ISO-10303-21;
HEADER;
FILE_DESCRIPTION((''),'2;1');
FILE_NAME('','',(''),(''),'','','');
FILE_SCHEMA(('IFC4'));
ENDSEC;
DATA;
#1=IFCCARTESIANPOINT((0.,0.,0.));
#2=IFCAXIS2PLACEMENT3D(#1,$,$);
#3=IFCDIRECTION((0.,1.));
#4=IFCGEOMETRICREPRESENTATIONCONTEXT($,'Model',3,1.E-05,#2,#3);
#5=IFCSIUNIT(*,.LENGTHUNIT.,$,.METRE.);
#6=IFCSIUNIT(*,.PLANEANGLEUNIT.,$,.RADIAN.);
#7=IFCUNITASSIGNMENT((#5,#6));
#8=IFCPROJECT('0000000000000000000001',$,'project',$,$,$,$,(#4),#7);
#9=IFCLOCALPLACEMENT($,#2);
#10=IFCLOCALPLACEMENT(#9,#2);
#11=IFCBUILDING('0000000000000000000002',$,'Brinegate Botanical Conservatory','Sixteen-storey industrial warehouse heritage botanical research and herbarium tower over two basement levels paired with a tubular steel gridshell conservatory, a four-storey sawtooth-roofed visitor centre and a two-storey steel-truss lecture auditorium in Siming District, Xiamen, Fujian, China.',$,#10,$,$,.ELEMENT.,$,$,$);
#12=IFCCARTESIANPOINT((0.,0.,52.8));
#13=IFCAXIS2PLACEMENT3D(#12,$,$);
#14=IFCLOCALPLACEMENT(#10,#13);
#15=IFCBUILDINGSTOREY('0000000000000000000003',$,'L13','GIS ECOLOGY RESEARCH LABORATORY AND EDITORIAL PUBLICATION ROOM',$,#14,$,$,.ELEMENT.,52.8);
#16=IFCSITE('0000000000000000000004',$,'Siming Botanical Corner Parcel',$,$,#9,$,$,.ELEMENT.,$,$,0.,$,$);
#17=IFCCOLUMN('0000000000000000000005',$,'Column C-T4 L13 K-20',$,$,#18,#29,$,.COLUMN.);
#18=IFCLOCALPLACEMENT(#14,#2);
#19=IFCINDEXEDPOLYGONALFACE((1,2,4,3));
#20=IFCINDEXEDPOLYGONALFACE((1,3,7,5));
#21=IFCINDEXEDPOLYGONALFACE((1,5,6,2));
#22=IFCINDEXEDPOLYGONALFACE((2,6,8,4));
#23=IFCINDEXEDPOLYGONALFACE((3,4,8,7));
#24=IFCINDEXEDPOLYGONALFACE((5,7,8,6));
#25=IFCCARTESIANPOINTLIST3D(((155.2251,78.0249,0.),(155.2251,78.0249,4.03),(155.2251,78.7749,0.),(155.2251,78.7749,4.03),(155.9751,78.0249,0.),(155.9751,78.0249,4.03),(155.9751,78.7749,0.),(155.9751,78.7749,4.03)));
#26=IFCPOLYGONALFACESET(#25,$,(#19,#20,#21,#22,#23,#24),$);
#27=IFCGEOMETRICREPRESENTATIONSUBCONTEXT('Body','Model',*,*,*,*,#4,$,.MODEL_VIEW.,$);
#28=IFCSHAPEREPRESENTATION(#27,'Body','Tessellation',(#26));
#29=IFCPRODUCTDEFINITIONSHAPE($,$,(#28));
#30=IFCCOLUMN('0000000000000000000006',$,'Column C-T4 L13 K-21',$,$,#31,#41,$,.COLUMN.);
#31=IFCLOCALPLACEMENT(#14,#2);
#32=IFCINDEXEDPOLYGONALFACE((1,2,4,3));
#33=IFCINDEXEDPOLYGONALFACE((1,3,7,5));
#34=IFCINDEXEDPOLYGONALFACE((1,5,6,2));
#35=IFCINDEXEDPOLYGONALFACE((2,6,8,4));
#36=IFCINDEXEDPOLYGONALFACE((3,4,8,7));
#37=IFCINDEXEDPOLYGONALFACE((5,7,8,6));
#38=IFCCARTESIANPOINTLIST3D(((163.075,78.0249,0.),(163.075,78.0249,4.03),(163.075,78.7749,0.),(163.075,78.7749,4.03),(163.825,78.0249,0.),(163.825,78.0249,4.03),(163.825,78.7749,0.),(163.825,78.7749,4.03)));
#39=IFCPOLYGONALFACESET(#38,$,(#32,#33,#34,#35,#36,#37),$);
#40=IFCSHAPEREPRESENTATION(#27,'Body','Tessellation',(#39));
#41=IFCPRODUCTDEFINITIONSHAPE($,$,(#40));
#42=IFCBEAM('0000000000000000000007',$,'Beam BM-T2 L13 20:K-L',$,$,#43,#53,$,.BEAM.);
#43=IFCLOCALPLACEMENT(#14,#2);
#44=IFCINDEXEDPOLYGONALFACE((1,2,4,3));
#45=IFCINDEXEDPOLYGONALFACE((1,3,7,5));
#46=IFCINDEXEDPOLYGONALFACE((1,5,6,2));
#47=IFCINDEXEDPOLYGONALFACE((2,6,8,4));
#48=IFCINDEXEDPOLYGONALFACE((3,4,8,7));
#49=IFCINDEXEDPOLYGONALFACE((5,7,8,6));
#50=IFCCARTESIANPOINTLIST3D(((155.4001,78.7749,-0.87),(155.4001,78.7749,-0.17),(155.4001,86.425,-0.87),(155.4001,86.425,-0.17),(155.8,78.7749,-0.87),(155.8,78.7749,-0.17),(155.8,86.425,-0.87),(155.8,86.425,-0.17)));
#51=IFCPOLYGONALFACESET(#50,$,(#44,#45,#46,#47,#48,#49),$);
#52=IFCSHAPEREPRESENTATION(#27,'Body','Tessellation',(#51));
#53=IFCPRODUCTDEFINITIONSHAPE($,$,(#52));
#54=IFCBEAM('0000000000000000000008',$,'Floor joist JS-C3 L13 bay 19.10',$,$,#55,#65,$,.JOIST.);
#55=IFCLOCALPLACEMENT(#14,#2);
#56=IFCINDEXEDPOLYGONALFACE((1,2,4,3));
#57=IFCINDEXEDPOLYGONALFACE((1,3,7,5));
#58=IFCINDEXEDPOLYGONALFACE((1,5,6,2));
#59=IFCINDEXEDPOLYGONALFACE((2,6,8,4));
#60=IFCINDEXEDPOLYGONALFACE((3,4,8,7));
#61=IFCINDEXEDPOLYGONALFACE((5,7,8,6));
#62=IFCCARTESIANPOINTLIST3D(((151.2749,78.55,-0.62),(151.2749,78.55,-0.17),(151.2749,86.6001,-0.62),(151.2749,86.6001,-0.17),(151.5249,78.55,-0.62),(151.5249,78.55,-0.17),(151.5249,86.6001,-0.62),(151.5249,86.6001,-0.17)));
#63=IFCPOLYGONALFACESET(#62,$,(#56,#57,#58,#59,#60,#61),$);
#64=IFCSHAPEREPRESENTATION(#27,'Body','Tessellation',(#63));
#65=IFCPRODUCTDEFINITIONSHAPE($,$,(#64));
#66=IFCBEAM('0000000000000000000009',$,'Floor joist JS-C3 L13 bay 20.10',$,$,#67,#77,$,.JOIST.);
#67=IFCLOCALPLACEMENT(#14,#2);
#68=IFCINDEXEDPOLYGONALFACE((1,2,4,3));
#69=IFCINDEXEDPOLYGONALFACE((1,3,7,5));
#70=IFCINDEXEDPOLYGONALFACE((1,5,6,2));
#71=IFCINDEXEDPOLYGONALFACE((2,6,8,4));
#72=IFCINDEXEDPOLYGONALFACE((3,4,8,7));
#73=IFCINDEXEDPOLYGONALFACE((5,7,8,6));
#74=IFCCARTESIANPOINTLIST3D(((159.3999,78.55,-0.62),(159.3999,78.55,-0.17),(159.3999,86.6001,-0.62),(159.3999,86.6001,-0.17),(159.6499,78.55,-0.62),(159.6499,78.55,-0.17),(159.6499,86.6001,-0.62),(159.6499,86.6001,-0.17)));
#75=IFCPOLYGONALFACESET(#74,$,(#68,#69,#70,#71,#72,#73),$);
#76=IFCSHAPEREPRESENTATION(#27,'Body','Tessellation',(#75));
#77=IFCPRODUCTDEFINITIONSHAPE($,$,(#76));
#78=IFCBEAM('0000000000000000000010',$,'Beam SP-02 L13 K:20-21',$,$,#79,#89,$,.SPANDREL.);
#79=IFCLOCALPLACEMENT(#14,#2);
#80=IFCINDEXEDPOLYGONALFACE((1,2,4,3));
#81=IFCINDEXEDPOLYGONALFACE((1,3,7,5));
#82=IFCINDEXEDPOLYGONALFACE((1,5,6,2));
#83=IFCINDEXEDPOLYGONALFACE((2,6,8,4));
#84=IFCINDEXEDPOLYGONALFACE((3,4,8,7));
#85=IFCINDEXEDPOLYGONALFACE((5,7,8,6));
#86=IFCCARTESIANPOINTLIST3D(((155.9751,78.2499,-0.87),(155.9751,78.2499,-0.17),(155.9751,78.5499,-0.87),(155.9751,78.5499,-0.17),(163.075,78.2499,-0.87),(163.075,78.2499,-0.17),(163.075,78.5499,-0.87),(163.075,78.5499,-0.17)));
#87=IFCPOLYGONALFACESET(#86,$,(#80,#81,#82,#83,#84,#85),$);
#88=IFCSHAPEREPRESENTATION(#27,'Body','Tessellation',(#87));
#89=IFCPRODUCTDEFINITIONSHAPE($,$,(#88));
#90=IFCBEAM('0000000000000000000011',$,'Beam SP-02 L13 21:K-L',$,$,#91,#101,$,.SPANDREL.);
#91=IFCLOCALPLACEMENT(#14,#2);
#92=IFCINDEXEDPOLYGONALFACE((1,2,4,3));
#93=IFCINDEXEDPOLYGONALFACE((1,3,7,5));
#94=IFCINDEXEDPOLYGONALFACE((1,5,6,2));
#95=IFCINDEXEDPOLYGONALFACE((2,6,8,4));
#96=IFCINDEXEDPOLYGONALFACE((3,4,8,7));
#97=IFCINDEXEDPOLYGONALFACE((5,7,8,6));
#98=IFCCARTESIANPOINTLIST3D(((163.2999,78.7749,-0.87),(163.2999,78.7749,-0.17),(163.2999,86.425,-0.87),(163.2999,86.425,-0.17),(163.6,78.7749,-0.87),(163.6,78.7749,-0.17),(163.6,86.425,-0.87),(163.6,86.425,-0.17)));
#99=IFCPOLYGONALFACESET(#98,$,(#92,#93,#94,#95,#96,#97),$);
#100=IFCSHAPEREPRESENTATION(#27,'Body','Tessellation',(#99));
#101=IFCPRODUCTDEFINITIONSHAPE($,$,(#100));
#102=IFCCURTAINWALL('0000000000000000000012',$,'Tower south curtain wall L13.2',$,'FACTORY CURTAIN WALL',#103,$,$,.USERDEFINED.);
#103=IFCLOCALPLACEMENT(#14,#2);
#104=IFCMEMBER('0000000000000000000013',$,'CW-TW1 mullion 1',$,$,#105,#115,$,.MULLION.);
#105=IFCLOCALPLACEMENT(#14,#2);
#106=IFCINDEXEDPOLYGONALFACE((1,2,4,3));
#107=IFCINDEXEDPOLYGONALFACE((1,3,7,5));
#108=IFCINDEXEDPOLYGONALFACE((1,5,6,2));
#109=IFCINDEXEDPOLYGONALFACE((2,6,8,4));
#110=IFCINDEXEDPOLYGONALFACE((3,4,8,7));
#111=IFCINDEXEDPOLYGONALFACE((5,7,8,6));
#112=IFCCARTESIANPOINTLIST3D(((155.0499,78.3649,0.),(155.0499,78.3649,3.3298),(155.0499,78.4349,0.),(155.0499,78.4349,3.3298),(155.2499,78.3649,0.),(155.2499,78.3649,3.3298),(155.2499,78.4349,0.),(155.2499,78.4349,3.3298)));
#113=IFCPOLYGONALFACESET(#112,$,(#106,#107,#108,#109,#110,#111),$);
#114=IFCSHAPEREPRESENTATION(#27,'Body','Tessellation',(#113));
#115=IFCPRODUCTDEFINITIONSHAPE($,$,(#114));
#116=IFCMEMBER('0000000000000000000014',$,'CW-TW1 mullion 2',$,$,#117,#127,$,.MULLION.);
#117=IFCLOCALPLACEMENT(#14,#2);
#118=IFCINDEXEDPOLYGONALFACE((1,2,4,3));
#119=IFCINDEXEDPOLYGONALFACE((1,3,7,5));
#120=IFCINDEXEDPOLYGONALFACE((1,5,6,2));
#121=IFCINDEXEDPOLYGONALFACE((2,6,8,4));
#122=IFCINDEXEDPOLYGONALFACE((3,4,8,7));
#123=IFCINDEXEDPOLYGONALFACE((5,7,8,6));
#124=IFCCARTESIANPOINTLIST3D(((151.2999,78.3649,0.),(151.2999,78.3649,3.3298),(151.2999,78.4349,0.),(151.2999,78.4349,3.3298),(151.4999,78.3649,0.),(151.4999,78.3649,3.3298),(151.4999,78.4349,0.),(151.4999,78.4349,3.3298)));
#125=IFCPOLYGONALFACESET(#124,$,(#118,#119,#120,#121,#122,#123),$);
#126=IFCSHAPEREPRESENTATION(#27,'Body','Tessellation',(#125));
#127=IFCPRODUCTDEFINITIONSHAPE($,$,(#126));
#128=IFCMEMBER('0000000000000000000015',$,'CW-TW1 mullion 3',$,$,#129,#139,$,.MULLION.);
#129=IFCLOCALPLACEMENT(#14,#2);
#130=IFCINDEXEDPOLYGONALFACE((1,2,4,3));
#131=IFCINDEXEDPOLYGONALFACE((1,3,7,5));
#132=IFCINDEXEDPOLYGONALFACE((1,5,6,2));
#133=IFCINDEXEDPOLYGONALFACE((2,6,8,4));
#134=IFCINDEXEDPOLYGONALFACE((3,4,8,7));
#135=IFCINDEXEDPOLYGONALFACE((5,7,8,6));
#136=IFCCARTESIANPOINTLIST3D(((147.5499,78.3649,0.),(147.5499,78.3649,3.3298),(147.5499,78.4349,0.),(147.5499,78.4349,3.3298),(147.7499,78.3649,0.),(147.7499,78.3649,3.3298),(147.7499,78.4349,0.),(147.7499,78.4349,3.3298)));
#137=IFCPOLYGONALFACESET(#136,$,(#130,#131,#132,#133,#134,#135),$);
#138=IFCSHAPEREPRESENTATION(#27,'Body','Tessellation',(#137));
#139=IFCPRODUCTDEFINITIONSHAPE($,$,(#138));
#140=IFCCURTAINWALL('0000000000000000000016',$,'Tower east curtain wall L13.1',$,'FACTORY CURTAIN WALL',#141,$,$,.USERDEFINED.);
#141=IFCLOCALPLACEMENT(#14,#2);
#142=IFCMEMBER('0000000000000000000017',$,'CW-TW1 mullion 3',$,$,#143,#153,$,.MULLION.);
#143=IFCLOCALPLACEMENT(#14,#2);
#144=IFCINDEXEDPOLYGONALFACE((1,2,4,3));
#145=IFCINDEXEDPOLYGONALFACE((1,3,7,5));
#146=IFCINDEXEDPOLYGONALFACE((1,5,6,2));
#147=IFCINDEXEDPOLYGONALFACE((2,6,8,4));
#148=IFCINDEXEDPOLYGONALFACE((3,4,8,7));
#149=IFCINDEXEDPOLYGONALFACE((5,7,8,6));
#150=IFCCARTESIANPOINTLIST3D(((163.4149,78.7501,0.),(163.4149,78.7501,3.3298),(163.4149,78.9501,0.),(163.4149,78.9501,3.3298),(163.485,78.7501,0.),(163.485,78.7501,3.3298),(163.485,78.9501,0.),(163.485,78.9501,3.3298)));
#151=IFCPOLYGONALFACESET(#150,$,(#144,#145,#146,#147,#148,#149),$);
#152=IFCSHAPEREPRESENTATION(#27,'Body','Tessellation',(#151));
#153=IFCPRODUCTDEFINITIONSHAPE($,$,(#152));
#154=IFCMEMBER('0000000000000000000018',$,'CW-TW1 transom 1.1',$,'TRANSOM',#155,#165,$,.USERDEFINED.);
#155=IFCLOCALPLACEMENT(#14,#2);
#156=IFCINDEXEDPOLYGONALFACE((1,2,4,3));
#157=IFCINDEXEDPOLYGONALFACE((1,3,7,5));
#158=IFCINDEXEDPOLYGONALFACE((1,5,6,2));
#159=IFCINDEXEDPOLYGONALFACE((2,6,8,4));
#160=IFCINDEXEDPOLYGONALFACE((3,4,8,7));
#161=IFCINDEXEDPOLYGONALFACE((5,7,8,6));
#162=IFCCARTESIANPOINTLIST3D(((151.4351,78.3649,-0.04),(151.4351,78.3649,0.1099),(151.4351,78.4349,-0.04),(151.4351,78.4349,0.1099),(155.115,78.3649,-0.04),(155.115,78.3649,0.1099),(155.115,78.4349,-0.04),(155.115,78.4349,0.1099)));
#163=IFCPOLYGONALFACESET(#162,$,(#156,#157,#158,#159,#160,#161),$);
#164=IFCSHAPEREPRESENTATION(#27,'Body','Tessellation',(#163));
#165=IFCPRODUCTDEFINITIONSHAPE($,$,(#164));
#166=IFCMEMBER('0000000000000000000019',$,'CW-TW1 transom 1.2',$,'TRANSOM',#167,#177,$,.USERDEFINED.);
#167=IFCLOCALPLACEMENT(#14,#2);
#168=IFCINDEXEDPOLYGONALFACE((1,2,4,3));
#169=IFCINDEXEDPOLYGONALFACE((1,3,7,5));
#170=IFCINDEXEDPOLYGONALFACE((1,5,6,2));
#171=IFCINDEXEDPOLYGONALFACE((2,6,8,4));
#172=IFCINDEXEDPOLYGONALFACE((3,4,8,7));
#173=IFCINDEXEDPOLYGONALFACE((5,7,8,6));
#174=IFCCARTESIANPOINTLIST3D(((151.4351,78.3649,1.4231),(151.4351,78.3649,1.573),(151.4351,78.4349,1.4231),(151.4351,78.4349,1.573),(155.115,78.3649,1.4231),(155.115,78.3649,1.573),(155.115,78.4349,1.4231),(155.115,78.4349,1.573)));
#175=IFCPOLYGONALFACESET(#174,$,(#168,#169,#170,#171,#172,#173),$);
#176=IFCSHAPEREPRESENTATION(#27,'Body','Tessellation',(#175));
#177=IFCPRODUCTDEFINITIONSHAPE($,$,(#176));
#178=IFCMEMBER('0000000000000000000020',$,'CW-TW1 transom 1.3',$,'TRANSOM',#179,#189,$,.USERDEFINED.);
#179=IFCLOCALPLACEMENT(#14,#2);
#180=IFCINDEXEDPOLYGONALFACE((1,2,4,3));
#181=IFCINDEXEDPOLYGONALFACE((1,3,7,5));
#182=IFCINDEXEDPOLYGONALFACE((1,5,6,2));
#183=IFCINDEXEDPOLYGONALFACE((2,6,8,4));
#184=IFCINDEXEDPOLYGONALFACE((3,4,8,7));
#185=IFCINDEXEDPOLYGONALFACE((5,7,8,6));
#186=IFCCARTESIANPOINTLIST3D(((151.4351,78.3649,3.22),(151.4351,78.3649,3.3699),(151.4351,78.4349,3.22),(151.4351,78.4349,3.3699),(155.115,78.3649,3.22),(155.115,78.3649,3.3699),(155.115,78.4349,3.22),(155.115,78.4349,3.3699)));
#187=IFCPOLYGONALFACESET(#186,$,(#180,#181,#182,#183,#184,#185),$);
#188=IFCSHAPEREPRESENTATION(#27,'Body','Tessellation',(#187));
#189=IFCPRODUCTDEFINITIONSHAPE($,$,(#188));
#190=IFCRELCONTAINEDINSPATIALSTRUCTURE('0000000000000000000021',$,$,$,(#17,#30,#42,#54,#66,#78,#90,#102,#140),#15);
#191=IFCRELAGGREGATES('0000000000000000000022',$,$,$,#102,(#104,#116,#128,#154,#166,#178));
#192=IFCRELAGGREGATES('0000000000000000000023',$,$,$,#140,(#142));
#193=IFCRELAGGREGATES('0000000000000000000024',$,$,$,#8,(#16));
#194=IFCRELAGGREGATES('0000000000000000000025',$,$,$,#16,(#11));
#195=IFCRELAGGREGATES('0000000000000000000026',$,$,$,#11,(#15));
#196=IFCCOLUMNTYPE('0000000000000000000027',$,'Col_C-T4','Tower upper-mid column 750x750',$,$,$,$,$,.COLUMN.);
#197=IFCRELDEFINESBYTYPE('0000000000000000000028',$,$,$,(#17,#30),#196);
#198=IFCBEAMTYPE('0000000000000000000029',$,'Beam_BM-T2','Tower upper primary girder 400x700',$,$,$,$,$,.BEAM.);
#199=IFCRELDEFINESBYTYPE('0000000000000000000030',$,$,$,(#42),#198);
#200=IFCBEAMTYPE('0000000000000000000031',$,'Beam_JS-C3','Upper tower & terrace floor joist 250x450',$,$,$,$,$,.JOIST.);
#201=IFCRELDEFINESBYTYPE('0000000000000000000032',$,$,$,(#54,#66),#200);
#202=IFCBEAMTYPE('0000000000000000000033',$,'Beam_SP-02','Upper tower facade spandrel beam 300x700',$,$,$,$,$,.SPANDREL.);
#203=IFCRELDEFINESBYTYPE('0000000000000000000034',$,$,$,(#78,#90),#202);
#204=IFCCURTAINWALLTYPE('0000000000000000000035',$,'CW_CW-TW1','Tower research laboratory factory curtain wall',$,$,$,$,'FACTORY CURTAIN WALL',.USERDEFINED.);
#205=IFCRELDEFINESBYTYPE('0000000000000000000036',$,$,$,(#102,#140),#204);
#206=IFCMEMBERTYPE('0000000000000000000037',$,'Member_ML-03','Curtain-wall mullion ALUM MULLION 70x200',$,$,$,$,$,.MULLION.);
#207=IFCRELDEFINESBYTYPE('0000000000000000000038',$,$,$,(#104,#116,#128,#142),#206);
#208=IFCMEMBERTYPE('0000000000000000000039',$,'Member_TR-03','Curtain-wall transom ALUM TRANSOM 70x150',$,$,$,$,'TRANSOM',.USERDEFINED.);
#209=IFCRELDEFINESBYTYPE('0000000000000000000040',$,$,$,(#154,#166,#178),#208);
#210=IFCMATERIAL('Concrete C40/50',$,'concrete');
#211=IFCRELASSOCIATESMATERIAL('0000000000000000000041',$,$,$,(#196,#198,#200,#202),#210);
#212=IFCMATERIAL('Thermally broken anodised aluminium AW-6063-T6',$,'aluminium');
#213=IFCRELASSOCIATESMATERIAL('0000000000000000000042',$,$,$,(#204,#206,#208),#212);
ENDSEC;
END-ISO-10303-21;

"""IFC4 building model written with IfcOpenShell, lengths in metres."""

from ifc_helpers import new_model, si_unit, direction, frame, origin, origin_2d, place, context, subcontext, project, spatial, rectangle, extrude, material, material_profile, profile_set, type_object, element, aggregate, save


model = new_model("IFC4")

# Units and contexts
model_context = context("Model", 3, precision=1e-05, world=origin(), true_north=direction((0.0, 1.0)))
body_context = subcontext(model_context, "Body", "Model", "MODEL_VIEW")
ifc_project = project(units=[si_unit("LENGTHUNIT", "METRE"), si_unit("PLANEANGLEUNIT", "RADIAN")], contexts=[model_context])

# Site, building, storey
site_placement = place(None, origin())
site = spatial("IfcSite", under=ifc_project, at=site_placement, Name="Siming Botanical Corner Parcel", CompositionType="ELEMENT", RefElevation=0.0)
building_placement = place(site_placement, origin())
building = spatial("IfcBuilding", under=site, at=building_placement, Name="Brinegate Botanical Conservatory", Description="Sixteen-storey industrial warehouse heritage botanical research and herbarium tower over two basement levels paired with a tubular steel gridshell conservatory, a four-storey sawtooth-roofed visitor centre and a two-storey steel-truss lecture auditorium in Siming District, Xiamen, Fujian, China.", CompositionType="ELEMENT")
storey_placement = place(building_placement, frame((0.0, 0.0, 52.8)))
storey = spatial("IfcBuildingStorey", under=building, at=storey_placement, Name="L13", Description="GIS ECOLOGY RESEARCH LABORATORY AND EDITORIAL PUBLICATION ROOM", CompositionType="ELEMENT", Elevation=52.8)

# Columns
ifc_material_1 = material(Name="Concrete C40/50", Category="concrete")
ifc_material_profile_1 = material_profile(ifc_material_1, rectangle(XDim=0.75, YDim=0.75, at=origin_2d()), Name="RC COL 750x750")
ifc_profile_set_1 = profile_set([ifc_material_profile_1], Name="Concrete C40/50")
column_type = type_object("IfcColumnType", Name="Col_C-T4", Description="Tower upper-mid column 750x750", PredefinedType="COLUMN", material=ifc_profile_set_1)
for number, where, z_axis, x_axis, name in (
    (1, (155.6001, 78.3999, 0.0), (0.0, 0.0, 1.0), (1.0, 0.0, 0.0), "Column C-T4 L13 K-20"),
    (2, (163.45, 78.3999, 0.0), (0.0, 0.0, 1.0), (1.0, 0.0, 0.0), "Column C-T4 L13 K-21"),
):
    element("IfcColumn", number, at=place(storey_placement, frame(where, z_axis=z_axis, x_axis=x_axis)), inside=storey, type_object=column_type, Name=name, PredefinedType="COLUMN", context=body_context, shape_type="SweptSolid", body=[
        extrude(rectangle(XDim=0.75, YDim=0.75, at=origin_2d()), origin(), (0.0, 0.0, 1.0), 4.03),
    ])

# Beams
ifc_material_profile_2 = material_profile(ifc_material_1, rectangle(XDim=0.3999, YDim=0.7, at=origin_2d()), Name="RC BM 400x700")
ifc_profile_set_2 = profile_set([ifc_material_profile_2], Name="Concrete C40/50")
beam_type_1 = type_object("IfcBeamType", Name="Beam_BM-T2", Description="Tower upper primary girder 400x700", PredefinedType="BEAM", material=ifc_profile_set_2)
beam_1_placement = place(storey_placement, frame((155.6001, 78.7749, -0.52), z_axis=(0.0, 1.0, 0.0), x_axis=(-1.0, 0.0, 0.0)))
element("IfcBeam", 3, at=beam_1_placement, inside=storey, type_object=beam_type_1, Name="Beam BM-T2 L13 20:K-L", PredefinedType="BEAM", context=body_context, shape_type="SweptSolid", body=[
    extrude(rectangle(XDim=0.3999, YDim=0.7, at=origin_2d()), origin(), (0.0, 0.0, 1.0), 7.6501),
])
ifc_material_profile_3 = material_profile(ifc_material_1, rectangle(XDim=0.25, YDim=0.45, at=origin_2d()), Name="RC JST 250x450")
ifc_profile_set_3 = profile_set([ifc_material_profile_3], Name="Concrete C40/50")
beam_type_2 = type_object("IfcBeamType", Name="Beam_JS-C3", Description="Upper tower & terrace floor joist 250x450", PredefinedType="JOIST", material=ifc_profile_set_3)
for number, where, z_axis, x_axis, name in (
    (4, (151.3999, 78.55, -0.395), (0.0, 1.0, 0.0), (-1.0, 0.0, 0.0), "Floor joist JS-C3 L13 bay 19.10"),
    (5, (159.5249, 78.55, -0.395), (0.0, 1.0, 0.0), (-1.0, 0.0, 0.0), "Floor joist JS-C3 L13 bay 20.10"),
):
    element("IfcBeam", number, at=place(storey_placement, frame(where, z_axis=z_axis, x_axis=x_axis)), inside=storey, type_object=beam_type_2, Name=name, PredefinedType="JOIST", context=body_context, shape_type="SweptSolid", body=[
        extrude(rectangle(XDim=0.25, YDim=0.45, at=origin_2d()), origin(), (0.0, 0.0, 1.0), 8.05),
    ])
ifc_material_profile_4 = material_profile(ifc_material_1, rectangle(XDim=0.3, YDim=0.7, at=origin_2d()), Name="RC SPN 300x700")
ifc_profile_set_4 = profile_set([ifc_material_profile_4], Name="Concrete C40/50")
beam_type_3 = type_object("IfcBeamType", Name="Beam_SP-02", Description="Upper tower facade spandrel beam 300x700", PredefinedType="SPANDREL", material=ifc_profile_set_4)
beam_2_placement = place(storey_placement, frame((155.9751, 78.3999, -0.52), z_axis=(1.0, 0.0, 0.0), x_axis=(0.0, 1.0, 0.0)))
element("IfcBeam", 6, at=beam_2_placement, inside=storey, type_object=beam_type_3, Name="Beam SP-02 L13 K:20-21", PredefinedType="SPANDREL", context=body_context, shape_type="SweptSolid", body=[
    extrude(rectangle(XDim=0.3, YDim=0.7, at=origin_2d()), origin(), (0.0, 0.0, 1.0), 7.0999),
])
beam_3_placement = place(storey_placement, frame((163.45, 78.7749, -0.52), z_axis=(0.0, 1.0, 0.0), x_axis=(-1.0, 0.0, 0.0)))
element("IfcBeam", 7, at=beam_3_placement, inside=storey, type_object=beam_type_3, Name="Beam SP-02 L13 21:K-L", PredefinedType="SPANDREL", context=body_context, shape_type="SweptSolid", body=[
    extrude(rectangle(XDim=0.3, YDim=0.7, at=origin_2d()), origin(), (0.0, 0.0, 1.0), 7.6501),
])

# Curtain wall, members
ifc_material_2 = material(Name="Thermally broken anodised aluminium AW-6063-T6", Category="aluminium")
curtain_wall_type = type_object("IfcCurtainWallType", Name="CW_CW-TW1", Description="Tower research laboratory factory curtain wall", ElementType="FACTORY CURTAIN WALL", PredefinedType="USERDEFINED", material=ifc_material_2)
curtain_wall_1_placement = place(storey_placement, origin())
curtain_wall_1 = element("IfcCurtainWall", 8, at=curtain_wall_1_placement, inside=storey, type_object=curtain_wall_type, Name="Tower south curtain wall L13.2", ObjectType="FACTORY CURTAIN WALL", PredefinedType="USERDEFINED")
ifc_material_profile_5 = material_profile(ifc_material_2, rectangle(XDim=0.0701, YDim=0.2, at=origin_2d()), Name="ALUM MULLION 70x200")
ifc_profile_set_5 = profile_set([ifc_material_profile_5], Name="Thermally broken anodised aluminium AW-6063-T6")
member_type_1 = type_object("IfcMemberType", Name="Member_ML-03", Description="Curtain-wall mullion ALUM MULLION 70x200", PredefinedType="MULLION", material=ifc_profile_set_5)
member_1_placement = place(storey_placement, frame((155.1499, 78.3999, 0.0), z_axis=(0.0, 0.0, 1.0), x_axis=(0.0, -1.0, 0.0)))
member_1 = element("IfcMember", 9, at=member_1_placement, type_object=member_type_1, Name="CW-TW1 mullion 1", PredefinedType="MULLION", context=body_context, shape_type="SweptSolid", body=[
    extrude(rectangle(XDim=0.0701, YDim=0.2, at=origin_2d()), origin(), (0.0, 0.0, 1.0), 3.3298),
])
member_2_placement = place(storey_placement, frame((151.3999, 78.3999, 0.0), z_axis=(0.0, 0.0, 1.0), x_axis=(0.0, -1.0, 0.0)))
member_2 = element("IfcMember", 10, at=member_2_placement, type_object=member_type_1, Name="CW-TW1 mullion 2", PredefinedType="MULLION", context=body_context, shape_type="SweptSolid", body=[
    extrude(rectangle(XDim=0.0701, YDim=0.2, at=origin_2d()), origin(), (0.0, 0.0, 1.0), 3.3298),
])
member_3_placement = place(storey_placement, frame((147.6499, 78.3999, 0.0), z_axis=(0.0, 0.0, 1.0), x_axis=(0.0, -1.0, 0.0)))
member_3 = element("IfcMember", 11, at=member_3_placement, type_object=member_type_1, Name="CW-TW1 mullion 3", PredefinedType="MULLION", context=body_context, shape_type="SweptSolid", body=[
    extrude(rectangle(XDim=0.0701, YDim=0.2, at=origin_2d()), origin(), (0.0, 0.0, 1.0), 3.3298),
])

# Curtain wall, member
curtain_wall_2_placement = place(storey_placement, origin())
curtain_wall_2 = element("IfcCurtainWall", 12, at=curtain_wall_2_placement, inside=storey, type_object=curtain_wall_type, Name="Tower east curtain wall L13.1", ObjectType="FACTORY CURTAIN WALL", PredefinedType="USERDEFINED")
member_4_placement = place(storey_placement, frame((163.45, 78.8501, 0.0), z_axis=(0.0, 0.0, 1.0), x_axis=(1.0, 0.0, 0.0)))
member_4 = element("IfcMember", 13, at=member_4_placement, type_object=member_type_1, Name="CW-TW1 mullion 3", PredefinedType="MULLION", context=body_context, shape_type="SweptSolid", body=[
    extrude(rectangle(XDim=0.0701, YDim=0.2, at=origin_2d()), origin(), (0.0, 0.0, 1.0), 3.3298),
])

# Members
ifc_material_profile_6 = material_profile(ifc_material_2, rectangle(XDim=0.0701, YDim=0.1499, at=origin_2d()), Name="ALUM TRANSOM 70x150")
ifc_profile_set_6 = profile_set([ifc_material_profile_6], Name="Thermally broken anodised aluminium AW-6063-T6")
member_type_2 = type_object("IfcMemberType", Name="Member_TR-03", Description="Curtain-wall transom ALUM TRANSOM 70x150", ElementType="TRANSOM", PredefinedType="USERDEFINED", material=ifc_profile_set_6)
member_5_placement = place(storey_placement, frame((155.115, 78.3999, 0.0349), z_axis=(-1.0, 0.0, 0.0), x_axis=(0.0, -1.0, 0.0)))
member_5 = element("IfcMember", 14, at=member_5_placement, type_object=member_type_2, Name="CW-TW1 transom 1.1", ObjectType="TRANSOM", PredefinedType="USERDEFINED", context=body_context, shape_type="SweptSolid", body=[
    extrude(rectangle(XDim=0.0701, YDim=0.1499, at=origin_2d()), origin(), (0.0, 0.0, 1.0), 3.6799),
])
member_6_placement = place(storey_placement, frame((155.115, 78.3999, 1.498), z_axis=(-1.0, 0.0, 0.0), x_axis=(0.0, -1.0, 0.0)))
member_6 = element("IfcMember", 15, at=member_6_placement, type_object=member_type_2, Name="CW-TW1 transom 1.2", ObjectType="TRANSOM", PredefinedType="USERDEFINED", context=body_context, shape_type="SweptSolid", body=[
    extrude(rectangle(XDim=0.0701, YDim=0.1499, at=origin_2d()), origin(), (0.0, 0.0, 1.0), 3.6799),
])
member_7_placement = place(storey_placement, frame((155.115, 78.3999, 3.2949), z_axis=(-1.0, 0.0, 0.0), x_axis=(0.0, -1.0, 0.0)))
member_7 = element("IfcMember", 16, at=member_7_placement, type_object=member_type_2, Name="CW-TW1 transom 1.3", ObjectType="TRANSOM", PredefinedType="USERDEFINED", context=body_context, shape_type="SweptSolid", body=[
    extrude(rectangle(XDim=0.0701, YDim=0.1499, at=origin_2d()), origin(), (0.0, 0.0, 1.0), 3.6799),
])

aggregate(curtain_wall_1, [member_1, member_2, member_3, member_5, member_6, member_7])
aggregate(curtain_wall_2, [member_4])

save(model, "model.ifc")
